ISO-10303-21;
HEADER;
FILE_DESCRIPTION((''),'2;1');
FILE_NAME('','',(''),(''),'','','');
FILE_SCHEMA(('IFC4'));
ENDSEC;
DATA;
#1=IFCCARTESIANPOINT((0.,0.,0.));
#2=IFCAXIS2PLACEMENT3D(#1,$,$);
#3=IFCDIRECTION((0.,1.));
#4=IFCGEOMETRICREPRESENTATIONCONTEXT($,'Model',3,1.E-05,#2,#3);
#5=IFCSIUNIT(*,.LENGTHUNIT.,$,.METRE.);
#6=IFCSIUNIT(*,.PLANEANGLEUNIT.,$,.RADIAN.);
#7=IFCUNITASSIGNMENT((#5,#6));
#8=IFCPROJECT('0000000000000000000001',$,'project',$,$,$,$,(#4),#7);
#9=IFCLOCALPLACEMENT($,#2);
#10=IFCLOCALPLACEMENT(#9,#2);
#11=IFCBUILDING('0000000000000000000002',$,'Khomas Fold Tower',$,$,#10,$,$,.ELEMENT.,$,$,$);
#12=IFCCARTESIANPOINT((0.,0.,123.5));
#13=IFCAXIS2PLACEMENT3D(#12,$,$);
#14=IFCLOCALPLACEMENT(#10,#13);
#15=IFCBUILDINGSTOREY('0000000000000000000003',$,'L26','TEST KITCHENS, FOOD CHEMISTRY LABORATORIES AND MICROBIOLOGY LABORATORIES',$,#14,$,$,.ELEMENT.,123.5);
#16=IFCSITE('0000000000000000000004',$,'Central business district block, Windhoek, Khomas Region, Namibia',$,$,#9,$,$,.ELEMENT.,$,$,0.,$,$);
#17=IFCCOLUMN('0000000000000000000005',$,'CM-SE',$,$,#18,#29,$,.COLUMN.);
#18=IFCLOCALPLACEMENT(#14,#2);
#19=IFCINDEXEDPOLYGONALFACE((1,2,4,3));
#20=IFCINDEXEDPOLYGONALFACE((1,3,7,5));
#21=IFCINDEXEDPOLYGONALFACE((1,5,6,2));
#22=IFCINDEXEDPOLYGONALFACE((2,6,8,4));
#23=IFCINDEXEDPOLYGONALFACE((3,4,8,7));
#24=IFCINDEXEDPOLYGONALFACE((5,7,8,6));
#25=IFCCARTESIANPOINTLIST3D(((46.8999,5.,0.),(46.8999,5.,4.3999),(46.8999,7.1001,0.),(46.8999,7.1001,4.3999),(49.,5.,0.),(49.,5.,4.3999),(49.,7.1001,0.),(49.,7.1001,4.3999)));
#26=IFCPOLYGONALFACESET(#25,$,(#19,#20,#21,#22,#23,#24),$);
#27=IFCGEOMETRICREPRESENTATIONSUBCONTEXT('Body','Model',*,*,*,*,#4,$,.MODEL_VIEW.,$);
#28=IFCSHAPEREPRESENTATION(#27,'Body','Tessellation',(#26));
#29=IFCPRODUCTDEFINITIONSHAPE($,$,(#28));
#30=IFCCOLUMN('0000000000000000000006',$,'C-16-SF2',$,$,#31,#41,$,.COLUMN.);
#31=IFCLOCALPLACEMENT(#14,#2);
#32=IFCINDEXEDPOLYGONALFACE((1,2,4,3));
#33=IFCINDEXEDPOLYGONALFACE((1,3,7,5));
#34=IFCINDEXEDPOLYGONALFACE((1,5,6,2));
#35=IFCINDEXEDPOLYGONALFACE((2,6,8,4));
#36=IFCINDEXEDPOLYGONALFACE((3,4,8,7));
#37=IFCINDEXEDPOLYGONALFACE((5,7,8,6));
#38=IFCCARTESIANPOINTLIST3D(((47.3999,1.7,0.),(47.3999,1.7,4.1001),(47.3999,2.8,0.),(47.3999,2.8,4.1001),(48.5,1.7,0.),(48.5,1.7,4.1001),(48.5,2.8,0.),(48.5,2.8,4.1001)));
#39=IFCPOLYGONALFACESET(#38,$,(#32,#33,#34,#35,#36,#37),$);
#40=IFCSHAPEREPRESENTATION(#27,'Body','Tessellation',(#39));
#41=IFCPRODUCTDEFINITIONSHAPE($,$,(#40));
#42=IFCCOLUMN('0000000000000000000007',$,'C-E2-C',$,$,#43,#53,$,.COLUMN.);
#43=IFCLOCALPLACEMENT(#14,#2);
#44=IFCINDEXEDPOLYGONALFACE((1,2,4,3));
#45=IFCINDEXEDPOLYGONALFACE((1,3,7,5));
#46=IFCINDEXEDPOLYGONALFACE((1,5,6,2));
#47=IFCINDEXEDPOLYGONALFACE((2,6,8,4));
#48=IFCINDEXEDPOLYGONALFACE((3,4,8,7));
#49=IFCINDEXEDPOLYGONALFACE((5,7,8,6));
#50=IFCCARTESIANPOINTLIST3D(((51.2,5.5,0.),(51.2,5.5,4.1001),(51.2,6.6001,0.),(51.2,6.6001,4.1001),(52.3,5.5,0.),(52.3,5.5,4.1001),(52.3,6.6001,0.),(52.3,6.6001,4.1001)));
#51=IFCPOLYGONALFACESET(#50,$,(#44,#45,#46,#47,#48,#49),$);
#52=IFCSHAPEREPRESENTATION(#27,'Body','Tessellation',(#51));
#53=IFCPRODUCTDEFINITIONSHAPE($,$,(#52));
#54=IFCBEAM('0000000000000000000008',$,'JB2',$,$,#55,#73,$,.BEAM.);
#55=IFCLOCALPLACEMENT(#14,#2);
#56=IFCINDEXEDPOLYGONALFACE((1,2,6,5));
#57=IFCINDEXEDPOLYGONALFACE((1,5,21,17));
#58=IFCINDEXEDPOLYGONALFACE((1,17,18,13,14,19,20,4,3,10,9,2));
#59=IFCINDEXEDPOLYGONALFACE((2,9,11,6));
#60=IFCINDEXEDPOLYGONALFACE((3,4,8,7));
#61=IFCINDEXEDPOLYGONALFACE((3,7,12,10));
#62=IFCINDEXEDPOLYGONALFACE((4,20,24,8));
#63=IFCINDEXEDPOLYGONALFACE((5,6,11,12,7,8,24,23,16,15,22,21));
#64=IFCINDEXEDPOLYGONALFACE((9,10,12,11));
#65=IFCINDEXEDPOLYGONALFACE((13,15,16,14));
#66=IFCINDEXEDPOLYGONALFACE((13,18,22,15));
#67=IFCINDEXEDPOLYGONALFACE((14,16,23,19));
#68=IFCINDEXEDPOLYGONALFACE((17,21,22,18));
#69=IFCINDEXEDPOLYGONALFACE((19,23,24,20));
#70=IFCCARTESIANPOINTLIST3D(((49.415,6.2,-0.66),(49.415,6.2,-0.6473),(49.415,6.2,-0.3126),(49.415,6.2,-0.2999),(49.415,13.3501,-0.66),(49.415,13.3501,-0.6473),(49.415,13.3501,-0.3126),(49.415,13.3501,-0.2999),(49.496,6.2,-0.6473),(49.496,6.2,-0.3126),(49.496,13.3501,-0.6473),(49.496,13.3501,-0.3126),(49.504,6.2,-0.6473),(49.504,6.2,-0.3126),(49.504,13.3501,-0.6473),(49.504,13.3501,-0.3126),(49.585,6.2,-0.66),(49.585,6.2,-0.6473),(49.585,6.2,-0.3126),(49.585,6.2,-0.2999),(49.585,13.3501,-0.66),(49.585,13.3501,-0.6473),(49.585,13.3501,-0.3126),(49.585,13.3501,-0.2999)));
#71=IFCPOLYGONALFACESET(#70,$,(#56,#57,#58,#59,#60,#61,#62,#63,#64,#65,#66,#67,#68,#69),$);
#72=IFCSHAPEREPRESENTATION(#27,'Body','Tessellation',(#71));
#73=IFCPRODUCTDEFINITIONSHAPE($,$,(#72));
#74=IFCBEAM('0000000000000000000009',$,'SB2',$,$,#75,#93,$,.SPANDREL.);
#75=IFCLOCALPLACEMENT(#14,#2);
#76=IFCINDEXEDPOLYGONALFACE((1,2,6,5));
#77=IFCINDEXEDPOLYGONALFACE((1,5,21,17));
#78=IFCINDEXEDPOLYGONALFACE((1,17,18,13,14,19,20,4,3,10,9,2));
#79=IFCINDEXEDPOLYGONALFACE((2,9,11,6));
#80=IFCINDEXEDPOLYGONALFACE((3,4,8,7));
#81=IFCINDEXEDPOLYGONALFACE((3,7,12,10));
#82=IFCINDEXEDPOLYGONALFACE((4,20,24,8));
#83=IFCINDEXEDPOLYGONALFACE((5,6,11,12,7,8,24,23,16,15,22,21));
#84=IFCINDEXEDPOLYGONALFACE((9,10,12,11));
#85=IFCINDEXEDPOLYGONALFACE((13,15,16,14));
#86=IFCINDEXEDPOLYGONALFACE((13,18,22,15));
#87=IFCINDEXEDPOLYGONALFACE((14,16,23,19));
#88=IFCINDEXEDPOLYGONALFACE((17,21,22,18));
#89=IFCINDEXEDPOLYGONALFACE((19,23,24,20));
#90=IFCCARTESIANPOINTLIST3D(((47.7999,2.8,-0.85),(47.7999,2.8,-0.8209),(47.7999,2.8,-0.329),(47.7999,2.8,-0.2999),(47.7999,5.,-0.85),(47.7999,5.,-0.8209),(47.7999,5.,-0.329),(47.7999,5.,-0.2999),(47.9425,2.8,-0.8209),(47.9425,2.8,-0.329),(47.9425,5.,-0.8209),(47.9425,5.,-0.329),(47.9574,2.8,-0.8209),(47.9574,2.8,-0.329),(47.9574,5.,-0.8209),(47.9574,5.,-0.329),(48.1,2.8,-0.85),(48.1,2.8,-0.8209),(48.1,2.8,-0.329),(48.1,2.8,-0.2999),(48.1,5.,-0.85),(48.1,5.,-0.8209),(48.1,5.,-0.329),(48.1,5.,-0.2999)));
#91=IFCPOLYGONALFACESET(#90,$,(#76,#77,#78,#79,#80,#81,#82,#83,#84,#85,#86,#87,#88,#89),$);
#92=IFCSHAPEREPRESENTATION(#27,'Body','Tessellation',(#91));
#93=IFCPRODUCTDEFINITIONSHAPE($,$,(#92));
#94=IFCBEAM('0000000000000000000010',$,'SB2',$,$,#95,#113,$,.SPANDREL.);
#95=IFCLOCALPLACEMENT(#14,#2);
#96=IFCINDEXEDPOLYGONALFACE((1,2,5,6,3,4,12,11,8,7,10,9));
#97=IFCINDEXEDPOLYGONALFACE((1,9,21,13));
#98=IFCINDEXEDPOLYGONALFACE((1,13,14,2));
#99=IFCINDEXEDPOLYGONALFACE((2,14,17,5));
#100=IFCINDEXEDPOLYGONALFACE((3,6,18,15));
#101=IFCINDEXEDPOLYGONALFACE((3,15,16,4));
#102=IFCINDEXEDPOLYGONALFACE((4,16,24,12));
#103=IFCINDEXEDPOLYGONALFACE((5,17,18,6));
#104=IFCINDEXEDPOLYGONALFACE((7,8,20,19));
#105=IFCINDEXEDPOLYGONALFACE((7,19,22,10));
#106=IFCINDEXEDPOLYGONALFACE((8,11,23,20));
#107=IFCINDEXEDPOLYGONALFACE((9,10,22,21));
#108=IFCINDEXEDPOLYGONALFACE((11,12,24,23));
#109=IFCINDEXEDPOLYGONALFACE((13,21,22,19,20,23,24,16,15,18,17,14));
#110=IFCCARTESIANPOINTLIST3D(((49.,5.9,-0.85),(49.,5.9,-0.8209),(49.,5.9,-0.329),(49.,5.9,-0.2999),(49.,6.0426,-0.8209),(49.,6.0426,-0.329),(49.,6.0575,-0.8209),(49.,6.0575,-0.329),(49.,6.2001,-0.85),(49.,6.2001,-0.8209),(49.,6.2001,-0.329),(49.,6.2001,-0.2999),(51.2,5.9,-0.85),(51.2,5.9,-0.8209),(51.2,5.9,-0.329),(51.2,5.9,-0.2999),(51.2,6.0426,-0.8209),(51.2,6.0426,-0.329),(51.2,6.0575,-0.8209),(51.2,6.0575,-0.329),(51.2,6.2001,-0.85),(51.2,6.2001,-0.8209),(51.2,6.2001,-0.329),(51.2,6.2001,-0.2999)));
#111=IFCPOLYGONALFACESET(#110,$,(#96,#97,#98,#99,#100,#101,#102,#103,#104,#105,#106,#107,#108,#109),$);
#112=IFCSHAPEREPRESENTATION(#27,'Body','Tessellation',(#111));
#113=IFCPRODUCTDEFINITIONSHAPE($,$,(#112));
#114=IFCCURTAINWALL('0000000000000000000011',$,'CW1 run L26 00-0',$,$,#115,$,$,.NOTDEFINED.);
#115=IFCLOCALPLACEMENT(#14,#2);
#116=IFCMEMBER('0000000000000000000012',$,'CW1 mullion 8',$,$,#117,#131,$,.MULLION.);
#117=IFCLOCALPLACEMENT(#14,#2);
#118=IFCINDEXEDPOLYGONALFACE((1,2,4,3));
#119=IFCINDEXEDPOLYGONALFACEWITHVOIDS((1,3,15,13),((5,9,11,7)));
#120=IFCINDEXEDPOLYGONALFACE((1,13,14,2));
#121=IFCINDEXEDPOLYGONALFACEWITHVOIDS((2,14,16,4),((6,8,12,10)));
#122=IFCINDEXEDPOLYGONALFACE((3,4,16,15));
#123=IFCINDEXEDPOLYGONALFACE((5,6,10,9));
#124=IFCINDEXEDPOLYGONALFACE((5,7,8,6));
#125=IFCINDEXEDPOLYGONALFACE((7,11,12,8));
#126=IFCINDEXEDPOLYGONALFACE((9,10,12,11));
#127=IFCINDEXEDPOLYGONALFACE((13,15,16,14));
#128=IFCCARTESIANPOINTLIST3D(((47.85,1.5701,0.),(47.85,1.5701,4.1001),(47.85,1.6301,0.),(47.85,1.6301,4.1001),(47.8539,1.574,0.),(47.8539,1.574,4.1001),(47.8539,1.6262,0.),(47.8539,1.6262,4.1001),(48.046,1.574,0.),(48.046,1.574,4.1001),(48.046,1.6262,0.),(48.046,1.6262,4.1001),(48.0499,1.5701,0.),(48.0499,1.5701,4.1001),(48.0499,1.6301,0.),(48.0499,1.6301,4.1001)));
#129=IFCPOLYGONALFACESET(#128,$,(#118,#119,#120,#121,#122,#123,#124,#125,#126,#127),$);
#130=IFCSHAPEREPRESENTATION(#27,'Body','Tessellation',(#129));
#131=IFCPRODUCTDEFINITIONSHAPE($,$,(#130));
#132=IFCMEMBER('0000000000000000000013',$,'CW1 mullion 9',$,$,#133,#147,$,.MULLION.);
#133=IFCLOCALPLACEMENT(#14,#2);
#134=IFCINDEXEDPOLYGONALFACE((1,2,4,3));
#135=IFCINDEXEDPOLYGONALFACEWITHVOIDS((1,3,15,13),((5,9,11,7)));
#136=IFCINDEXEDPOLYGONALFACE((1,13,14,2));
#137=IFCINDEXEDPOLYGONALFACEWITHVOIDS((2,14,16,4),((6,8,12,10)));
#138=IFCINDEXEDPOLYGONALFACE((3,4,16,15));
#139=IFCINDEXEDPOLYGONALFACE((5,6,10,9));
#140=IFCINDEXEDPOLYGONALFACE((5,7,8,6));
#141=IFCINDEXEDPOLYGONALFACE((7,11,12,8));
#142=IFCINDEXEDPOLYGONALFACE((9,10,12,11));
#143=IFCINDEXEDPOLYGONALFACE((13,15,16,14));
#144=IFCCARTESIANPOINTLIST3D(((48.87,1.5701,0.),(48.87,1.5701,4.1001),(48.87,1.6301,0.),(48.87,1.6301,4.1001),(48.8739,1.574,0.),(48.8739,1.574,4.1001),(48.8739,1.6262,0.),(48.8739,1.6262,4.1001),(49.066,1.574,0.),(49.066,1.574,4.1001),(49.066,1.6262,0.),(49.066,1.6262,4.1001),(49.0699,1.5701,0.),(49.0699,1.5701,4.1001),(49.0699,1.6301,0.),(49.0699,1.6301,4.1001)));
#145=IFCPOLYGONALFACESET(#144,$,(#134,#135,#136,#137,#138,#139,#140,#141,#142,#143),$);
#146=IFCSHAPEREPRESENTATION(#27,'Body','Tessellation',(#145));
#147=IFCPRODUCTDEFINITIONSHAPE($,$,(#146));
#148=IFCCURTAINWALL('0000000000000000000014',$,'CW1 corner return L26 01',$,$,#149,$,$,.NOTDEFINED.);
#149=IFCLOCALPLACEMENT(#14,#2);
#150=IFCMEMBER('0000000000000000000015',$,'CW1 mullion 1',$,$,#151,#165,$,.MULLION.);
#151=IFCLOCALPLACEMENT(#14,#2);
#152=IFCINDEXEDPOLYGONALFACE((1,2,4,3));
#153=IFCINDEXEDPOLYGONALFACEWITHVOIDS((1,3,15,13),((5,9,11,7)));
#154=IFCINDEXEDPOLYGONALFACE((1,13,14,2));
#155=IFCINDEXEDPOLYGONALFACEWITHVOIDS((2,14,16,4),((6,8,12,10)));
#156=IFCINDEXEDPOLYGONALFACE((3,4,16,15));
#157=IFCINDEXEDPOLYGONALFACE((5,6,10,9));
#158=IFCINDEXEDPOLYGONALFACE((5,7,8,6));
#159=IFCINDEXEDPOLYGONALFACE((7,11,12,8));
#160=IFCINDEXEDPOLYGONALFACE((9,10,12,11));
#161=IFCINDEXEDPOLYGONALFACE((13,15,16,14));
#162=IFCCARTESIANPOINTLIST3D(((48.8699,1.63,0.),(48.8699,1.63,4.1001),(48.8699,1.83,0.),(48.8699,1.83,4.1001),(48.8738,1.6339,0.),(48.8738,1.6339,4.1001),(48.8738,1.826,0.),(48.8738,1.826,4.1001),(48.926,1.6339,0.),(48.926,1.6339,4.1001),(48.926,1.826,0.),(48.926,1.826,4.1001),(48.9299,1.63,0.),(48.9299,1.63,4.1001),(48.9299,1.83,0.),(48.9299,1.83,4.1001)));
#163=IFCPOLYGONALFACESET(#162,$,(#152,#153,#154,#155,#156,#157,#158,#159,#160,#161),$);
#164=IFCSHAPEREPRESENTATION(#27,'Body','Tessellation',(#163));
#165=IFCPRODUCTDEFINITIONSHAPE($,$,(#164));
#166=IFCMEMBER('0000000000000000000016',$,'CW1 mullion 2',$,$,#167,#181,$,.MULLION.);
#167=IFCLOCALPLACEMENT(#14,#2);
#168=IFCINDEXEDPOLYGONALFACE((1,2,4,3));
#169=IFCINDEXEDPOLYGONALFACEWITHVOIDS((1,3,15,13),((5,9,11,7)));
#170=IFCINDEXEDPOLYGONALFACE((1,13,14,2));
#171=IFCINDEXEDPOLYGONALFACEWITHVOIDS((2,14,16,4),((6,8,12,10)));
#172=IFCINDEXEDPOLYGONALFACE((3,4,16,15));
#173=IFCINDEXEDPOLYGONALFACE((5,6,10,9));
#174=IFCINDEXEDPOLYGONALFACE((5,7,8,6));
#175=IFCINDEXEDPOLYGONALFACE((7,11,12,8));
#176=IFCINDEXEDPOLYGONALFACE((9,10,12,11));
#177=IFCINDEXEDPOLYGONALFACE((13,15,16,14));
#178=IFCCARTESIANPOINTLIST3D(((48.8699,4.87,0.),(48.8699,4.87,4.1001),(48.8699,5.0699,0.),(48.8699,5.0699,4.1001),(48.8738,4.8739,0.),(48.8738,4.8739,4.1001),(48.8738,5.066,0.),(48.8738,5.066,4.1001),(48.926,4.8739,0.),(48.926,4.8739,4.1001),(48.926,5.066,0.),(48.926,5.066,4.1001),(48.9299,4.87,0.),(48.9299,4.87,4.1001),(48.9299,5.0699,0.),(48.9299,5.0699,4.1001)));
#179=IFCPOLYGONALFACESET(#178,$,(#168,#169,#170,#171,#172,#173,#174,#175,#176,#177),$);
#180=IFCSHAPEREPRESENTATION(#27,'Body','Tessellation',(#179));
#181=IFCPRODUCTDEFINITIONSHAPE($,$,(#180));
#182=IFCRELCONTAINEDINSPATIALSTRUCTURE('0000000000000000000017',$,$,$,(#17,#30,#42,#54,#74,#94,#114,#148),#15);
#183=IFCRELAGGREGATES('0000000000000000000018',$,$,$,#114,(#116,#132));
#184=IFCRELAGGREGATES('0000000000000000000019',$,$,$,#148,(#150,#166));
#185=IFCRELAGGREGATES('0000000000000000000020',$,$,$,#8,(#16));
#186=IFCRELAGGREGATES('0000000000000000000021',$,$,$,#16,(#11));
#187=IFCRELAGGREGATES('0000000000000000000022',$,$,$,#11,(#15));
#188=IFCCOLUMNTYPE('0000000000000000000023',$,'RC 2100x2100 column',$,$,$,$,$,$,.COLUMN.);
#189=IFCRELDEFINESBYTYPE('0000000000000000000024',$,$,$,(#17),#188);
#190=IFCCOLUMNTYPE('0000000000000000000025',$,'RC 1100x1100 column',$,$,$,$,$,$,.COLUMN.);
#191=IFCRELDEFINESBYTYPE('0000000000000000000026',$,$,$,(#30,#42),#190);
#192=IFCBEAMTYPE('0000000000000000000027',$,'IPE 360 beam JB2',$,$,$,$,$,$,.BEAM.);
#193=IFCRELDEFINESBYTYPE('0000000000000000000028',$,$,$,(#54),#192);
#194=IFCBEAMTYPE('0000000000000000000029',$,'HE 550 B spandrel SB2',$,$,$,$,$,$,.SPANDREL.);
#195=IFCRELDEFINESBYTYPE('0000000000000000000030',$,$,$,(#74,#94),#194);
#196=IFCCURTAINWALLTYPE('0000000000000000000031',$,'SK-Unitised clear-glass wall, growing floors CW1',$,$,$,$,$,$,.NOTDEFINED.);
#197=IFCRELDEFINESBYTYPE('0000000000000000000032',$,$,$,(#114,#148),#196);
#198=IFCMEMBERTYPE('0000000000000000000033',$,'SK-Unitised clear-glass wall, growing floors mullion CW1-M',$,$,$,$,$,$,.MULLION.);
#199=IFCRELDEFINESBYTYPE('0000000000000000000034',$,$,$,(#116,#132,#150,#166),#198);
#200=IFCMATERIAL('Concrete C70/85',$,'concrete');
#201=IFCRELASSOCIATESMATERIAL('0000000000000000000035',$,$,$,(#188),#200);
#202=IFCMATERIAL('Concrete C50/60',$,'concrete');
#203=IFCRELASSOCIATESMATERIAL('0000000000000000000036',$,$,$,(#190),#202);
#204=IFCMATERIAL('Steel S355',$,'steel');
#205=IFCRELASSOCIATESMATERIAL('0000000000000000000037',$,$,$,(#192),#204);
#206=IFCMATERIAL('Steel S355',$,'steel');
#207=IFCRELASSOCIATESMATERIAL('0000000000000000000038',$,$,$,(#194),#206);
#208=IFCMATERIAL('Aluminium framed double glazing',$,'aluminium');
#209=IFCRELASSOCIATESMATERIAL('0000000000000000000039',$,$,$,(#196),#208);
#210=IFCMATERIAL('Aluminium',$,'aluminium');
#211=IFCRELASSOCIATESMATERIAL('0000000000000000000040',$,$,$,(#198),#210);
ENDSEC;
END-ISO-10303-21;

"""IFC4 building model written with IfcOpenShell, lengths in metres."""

from ifc_helpers import new_model, si_unit, direction, frame, origin, origin_2d, place, context, subcontext, project, spatial, rectangle, hollow_rectangle, i_section, extrude, source, transform, mapped, material, material_profile, profile_set, type_object, element, aggregate, save


model = new_model("IFC4")

# Units and contexts
model_context = context("Model", 3, precision=1e-05, world=origin(), true_north=direction((0.0, 1.0)))
body_context = subcontext(model_context, "Body", "Model", "MODEL_VIEW")
ifc_project = project(units=[si_unit("LENGTHUNIT", "METRE"), si_unit("PLANEANGLEUNIT", "RADIAN")], contexts=[model_context])

# Site, building, storey
site_placement = place(None, origin())
site = spatial("IfcSite", under=ifc_project, at=site_placement, Name="Central business district block, Windhoek, Khomas Region, Namibia", CompositionType="ELEMENT", RefElevation=0.0)
building_placement = place(site_placement, origin())
building = spatial("IfcBuilding", under=site, at=building_placement, Name="Khomas Fold Tower", CompositionType="ELEMENT")
storey_placement = place(building_placement, frame((0.0, 0.0, 123.5)))
storey = spatial("IfcBuildingStorey", under=building, at=storey_placement, Name="L26", Description="TEST KITCHENS, FOOD CHEMISTRY LABORATORIES AND MICROBIOLOGY LABORATORIES", CompositionType="ELEMENT", Elevation=123.5)

# Columns
ifc_material_1 = material(Name="Concrete C70/85", Category="concrete")
ifc_material_profile_1 = material_profile(ifc_material_1, rectangle(XDim=2.1001, YDim=2.1001, at=origin_2d()), Name="RC 2100x2100")
ifc_profile_set_1 = profile_set([ifc_material_profile_1], Name="Concrete C70/85")
column_type_1 = type_object("IfcColumnType", Name="RC 2100x2100 column", PredefinedType="COLUMN", material=ifc_profile_set_1)
shared_shape_1 = source(origin(), body_context, "Body", "SweptSolid", [
    extrude(rectangle(XDim=2.1001, YDim=2.1001, at=origin_2d()), origin(), (0.0, 0.0, 1.0), 4.3999),
])
column_placement = place(storey_placement, frame((47.95, 6.05, 0.0), z_axis=(0.0, 0.0, 1.0), x_axis=(1.0, 0.0, 0.0)))
element("IfcColumn", 1, at=column_placement, inside=storey, type_object=column_type_1, Name="CM-SE", PredefinedType="COLUMN", context=body_context, shape_type="MappedRepresentation", body=[
    mapped(shared_shape_1, transform((0.0, 0.0, 0.0))),
])
ifc_material_2 = material(Name="Concrete C50/60", Category="concrete")
ifc_material_profile_2 = material_profile(ifc_material_2, rectangle(XDim=1.1001, YDim=1.1001, at=origin_2d()), Name="RC 1100x1100")
ifc_profile_set_2 = profile_set([ifc_material_profile_2], Name="Concrete C50/60")
column_type_2 = type_object("IfcColumnType", Name="RC 1100x1100 column", PredefinedType="COLUMN", material=ifc_profile_set_2)
shared_shape_2 = source(origin(), body_context, "Body", "SweptSolid", [
    extrude(rectangle(XDim=1.1001, YDim=1.1001, at=origin_2d()), origin(), (0.0, 0.0, 1.0), 4.1001),
])
for number, where, z_axis, x_axis, name in (
    (2, (47.95, 2.25, 0.0), (0.0, 0.0, 1.0), (1.0, 0.0, 0.0), "C-16-SF2"),
    (3, (51.75, 6.05, 0.0), (0.0, 0.0, 1.0), (1.0, 0.0, 0.0), "C-E2-C"),
):
    element("IfcColumn", number, at=place(storey_placement, frame(where, z_axis=z_axis, x_axis=x_axis)), inside=storey, type_object=column_type_2, Name=name, PredefinedType="COLUMN", context=body_context, shape_type="MappedRepresentation", body=[
        mapped(shared_shape_2, transform((0.0, 0.0, 0.0))),
    ])

# Beams
ifc_material_3 = material(Name="Steel S355", Category="steel")
ifc_material_profile_3 = material_profile(ifc_material_3, i_section(OverallWidth=0.1699, OverallDepth=0.3601, WebThickness=0.0081, FlangeThickness=0.0127, at=origin_2d()), Name="IPE 360")
ifc_profile_set_3 = profile_set([ifc_material_profile_3], Name="Steel S355")
beam_type_1 = type_object("IfcBeamType", Name="IPE 360 beam JB2", PredefinedType="BEAM", material=ifc_profile_set_3)
shared_shape_3 = source(origin(), body_context, "Body", "SweptSolid", [
    extrude(i_section(OverallWidth=0.1699, OverallDepth=0.3601, WebThickness=0.0081, FlangeThickness=0.0127, at=origin_2d()), origin(), (0.0, 0.0, 1.0), 7.1501),
])
beam_placement = place(storey_placement, frame((49.5, 6.2, -0.48), z_axis=(0.0, 1.0, 0.0), x_axis=(-1.0, 0.0, 0.0)))
element("IfcBeam", 4, at=beam_placement, inside=storey, type_object=beam_type_1, Name="JB2", PredefinedType="BEAM", context=body_context, shape_type="MappedRepresentation", body=[
    mapped(shared_shape_3, transform((0.0, 0.0, 0.0))),
])
ifc_material_4 = material(Name="Steel S355", Category="steel")
ifc_material_profile_4 = material_profile(ifc_material_4, i_section(OverallWidth=0.3, OverallDepth=0.55, WebThickness=0.0149, FlangeThickness=0.0291, at=origin_2d()), Name="HE 550 B")
ifc_profile_set_4 = profile_set([ifc_material_profile_4], Name="Steel S355")
beam_type_2 = type_object("IfcBeamType", Name="HE 550 B spandrel SB2", PredefinedType="SPANDREL", material=ifc_profile_set_4)
shared_shape_4 = source(origin(), body_context, "Body", "SweptSolid", [
    extrude(i_section(OverallWidth=0.3, OverallDepth=0.55, WebThickness=0.0149, FlangeThickness=0.0291, at=origin_2d()), origin(), (0.0, 0.0, 1.0), 2.2),
])
for number, where, z_axis, x_axis, name in (
    (5, (47.95, 2.8, -0.575), (0.0, 1.0, 0.0), (-1.0, 0.0, 0.0), "SB2"),
    (6, (49.0, 6.05, -0.575), (1.0, 0.0, 0.0), (0.0, 1.0, 0.0), "SB2"),
):
    element("IfcBeam", number, at=place(storey_placement, frame(where, z_axis=z_axis, x_axis=x_axis)), inside=storey, type_object=beam_type_2, Name=name, PredefinedType="SPANDREL", context=body_context, shape_type="MappedRepresentation", body=[
        mapped(shared_shape_4, transform((0.0, 0.0, 0.0))),
    ])

# Curtain walls, members
ifc_material_5 = material(Name="Aluminium framed double glazing", Category="aluminium")
curtain_wall_type = type_object("IfcCurtainWallType", Name="SK-Unitised clear-glass wall, growing floors CW1", PredefinedType="NOTDEFINED", material=ifc_material_5)
curtain_wall_1_placement = place(storey_placement, origin())
curtain_wall_1 = element("IfcCurtainWall", 7, at=curtain_wall_1_placement, inside=storey, type_object=curtain_wall_type, Name="CW1 run L26 00-0", PredefinedType="NOTDEFINED")
ifc_material_6 = material(Name="Aluminium", Category="aluminium")
ifc_material_profile_5 = material_profile(ifc_material_6, hollow_rectangle(XDim=0.0601, YDim=0.2, WallThickness=0.0039, at=origin_2d()), Name="SK-Unitised clear-glass wall, growing floors mullion CW1-M")
ifc_profile_set_5 = profile_set([ifc_material_profile_5], Name="Aluminium")
member_type_1 = type_object("IfcMemberType", Name="SK-Unitised clear-glass wall, growing floors mullion CW1-M", PredefinedType="MULLION", material=ifc_profile_set_5)
shared_shape_5 = source(origin(), body_context, "Body", "SweptSolid", [
    extrude(hollow_rectangle(XDim=0.0601, YDim=0.2, WallThickness=0.0039, at=origin_2d()), origin(), (0.0, 0.0, 1.0), 4.1001),
])
member_1_placement = place(storey_placement, frame((47.95, 1.6001, 0.0), z_axis=(0.0, 0.0, 1.0), x_axis=(0.0, 1.0, 0.0)))
member_1 = element("IfcMember", 8, at=member_1_placement, type_object=member_type_1, Name="CW1 mullion 8", PredefinedType="MULLION", context=body_context, shape_type="MappedRepresentation", body=[
    mapped(shared_shape_5, transform((0.0, 0.0, 0.0))),
])
member_2_placement = place(storey_placement, frame((48.97, 1.6001, 0.0), z_axis=(0.0, 0.0, 1.0), x_axis=(0.0, 1.0, 0.0)))
member_2 = element("IfcMember", 9, at=member_2_placement, type_object=member_type_1, Name="CW1 mullion 9", PredefinedType="MULLION", context=body_context, shape_type="MappedRepresentation", body=[
    mapped(shared_shape_5, transform((0.0, 0.0, 0.0))),
])
curtain_wall_2_placement = place(storey_placement, origin())
curtain_wall_2 = element("IfcCurtainWall", 10, at=curtain_wall_2_placement, inside=storey, type_object=curtain_wall_type, Name="CW1 corner return L26 01", PredefinedType="NOTDEFINED")
member_3_placement = place(storey_placement, frame((48.8999, 1.73, 0.0), z_axis=(0.0, 0.0, 1.0), x_axis=(-1.0, 0.0, 0.0)))
member_3 = element("IfcMember", 11, at=member_3_placement, type_object=member_type_1, Name="CW1 mullion 1", PredefinedType="MULLION", context=body_context, shape_type="MappedRepresentation", body=[
    mapped(shared_shape_5, transform((0.0, 0.0, 0.0))),
])
member_4_placement = place(storey_placement, frame((48.8999, 4.97, 0.0), z_axis=(0.0, 0.0, 1.0), x_axis=(-1.0, 0.0, 0.0)))
member_4 = element("IfcMember", 12, at=member_4_placement, type_object=member_type_1, Name="CW1 mullion 2", PredefinedType="MULLION", context=body_context, shape_type="MappedRepresentation", body=[
    mapped(shared_shape_5, transform((0.0, 0.0, 0.0))),
])

aggregate(curtain_wall_1, [member_1, member_2])
aggregate(curtain_wall_2, [member_3, member_4])

save(model, "model.ifc")
